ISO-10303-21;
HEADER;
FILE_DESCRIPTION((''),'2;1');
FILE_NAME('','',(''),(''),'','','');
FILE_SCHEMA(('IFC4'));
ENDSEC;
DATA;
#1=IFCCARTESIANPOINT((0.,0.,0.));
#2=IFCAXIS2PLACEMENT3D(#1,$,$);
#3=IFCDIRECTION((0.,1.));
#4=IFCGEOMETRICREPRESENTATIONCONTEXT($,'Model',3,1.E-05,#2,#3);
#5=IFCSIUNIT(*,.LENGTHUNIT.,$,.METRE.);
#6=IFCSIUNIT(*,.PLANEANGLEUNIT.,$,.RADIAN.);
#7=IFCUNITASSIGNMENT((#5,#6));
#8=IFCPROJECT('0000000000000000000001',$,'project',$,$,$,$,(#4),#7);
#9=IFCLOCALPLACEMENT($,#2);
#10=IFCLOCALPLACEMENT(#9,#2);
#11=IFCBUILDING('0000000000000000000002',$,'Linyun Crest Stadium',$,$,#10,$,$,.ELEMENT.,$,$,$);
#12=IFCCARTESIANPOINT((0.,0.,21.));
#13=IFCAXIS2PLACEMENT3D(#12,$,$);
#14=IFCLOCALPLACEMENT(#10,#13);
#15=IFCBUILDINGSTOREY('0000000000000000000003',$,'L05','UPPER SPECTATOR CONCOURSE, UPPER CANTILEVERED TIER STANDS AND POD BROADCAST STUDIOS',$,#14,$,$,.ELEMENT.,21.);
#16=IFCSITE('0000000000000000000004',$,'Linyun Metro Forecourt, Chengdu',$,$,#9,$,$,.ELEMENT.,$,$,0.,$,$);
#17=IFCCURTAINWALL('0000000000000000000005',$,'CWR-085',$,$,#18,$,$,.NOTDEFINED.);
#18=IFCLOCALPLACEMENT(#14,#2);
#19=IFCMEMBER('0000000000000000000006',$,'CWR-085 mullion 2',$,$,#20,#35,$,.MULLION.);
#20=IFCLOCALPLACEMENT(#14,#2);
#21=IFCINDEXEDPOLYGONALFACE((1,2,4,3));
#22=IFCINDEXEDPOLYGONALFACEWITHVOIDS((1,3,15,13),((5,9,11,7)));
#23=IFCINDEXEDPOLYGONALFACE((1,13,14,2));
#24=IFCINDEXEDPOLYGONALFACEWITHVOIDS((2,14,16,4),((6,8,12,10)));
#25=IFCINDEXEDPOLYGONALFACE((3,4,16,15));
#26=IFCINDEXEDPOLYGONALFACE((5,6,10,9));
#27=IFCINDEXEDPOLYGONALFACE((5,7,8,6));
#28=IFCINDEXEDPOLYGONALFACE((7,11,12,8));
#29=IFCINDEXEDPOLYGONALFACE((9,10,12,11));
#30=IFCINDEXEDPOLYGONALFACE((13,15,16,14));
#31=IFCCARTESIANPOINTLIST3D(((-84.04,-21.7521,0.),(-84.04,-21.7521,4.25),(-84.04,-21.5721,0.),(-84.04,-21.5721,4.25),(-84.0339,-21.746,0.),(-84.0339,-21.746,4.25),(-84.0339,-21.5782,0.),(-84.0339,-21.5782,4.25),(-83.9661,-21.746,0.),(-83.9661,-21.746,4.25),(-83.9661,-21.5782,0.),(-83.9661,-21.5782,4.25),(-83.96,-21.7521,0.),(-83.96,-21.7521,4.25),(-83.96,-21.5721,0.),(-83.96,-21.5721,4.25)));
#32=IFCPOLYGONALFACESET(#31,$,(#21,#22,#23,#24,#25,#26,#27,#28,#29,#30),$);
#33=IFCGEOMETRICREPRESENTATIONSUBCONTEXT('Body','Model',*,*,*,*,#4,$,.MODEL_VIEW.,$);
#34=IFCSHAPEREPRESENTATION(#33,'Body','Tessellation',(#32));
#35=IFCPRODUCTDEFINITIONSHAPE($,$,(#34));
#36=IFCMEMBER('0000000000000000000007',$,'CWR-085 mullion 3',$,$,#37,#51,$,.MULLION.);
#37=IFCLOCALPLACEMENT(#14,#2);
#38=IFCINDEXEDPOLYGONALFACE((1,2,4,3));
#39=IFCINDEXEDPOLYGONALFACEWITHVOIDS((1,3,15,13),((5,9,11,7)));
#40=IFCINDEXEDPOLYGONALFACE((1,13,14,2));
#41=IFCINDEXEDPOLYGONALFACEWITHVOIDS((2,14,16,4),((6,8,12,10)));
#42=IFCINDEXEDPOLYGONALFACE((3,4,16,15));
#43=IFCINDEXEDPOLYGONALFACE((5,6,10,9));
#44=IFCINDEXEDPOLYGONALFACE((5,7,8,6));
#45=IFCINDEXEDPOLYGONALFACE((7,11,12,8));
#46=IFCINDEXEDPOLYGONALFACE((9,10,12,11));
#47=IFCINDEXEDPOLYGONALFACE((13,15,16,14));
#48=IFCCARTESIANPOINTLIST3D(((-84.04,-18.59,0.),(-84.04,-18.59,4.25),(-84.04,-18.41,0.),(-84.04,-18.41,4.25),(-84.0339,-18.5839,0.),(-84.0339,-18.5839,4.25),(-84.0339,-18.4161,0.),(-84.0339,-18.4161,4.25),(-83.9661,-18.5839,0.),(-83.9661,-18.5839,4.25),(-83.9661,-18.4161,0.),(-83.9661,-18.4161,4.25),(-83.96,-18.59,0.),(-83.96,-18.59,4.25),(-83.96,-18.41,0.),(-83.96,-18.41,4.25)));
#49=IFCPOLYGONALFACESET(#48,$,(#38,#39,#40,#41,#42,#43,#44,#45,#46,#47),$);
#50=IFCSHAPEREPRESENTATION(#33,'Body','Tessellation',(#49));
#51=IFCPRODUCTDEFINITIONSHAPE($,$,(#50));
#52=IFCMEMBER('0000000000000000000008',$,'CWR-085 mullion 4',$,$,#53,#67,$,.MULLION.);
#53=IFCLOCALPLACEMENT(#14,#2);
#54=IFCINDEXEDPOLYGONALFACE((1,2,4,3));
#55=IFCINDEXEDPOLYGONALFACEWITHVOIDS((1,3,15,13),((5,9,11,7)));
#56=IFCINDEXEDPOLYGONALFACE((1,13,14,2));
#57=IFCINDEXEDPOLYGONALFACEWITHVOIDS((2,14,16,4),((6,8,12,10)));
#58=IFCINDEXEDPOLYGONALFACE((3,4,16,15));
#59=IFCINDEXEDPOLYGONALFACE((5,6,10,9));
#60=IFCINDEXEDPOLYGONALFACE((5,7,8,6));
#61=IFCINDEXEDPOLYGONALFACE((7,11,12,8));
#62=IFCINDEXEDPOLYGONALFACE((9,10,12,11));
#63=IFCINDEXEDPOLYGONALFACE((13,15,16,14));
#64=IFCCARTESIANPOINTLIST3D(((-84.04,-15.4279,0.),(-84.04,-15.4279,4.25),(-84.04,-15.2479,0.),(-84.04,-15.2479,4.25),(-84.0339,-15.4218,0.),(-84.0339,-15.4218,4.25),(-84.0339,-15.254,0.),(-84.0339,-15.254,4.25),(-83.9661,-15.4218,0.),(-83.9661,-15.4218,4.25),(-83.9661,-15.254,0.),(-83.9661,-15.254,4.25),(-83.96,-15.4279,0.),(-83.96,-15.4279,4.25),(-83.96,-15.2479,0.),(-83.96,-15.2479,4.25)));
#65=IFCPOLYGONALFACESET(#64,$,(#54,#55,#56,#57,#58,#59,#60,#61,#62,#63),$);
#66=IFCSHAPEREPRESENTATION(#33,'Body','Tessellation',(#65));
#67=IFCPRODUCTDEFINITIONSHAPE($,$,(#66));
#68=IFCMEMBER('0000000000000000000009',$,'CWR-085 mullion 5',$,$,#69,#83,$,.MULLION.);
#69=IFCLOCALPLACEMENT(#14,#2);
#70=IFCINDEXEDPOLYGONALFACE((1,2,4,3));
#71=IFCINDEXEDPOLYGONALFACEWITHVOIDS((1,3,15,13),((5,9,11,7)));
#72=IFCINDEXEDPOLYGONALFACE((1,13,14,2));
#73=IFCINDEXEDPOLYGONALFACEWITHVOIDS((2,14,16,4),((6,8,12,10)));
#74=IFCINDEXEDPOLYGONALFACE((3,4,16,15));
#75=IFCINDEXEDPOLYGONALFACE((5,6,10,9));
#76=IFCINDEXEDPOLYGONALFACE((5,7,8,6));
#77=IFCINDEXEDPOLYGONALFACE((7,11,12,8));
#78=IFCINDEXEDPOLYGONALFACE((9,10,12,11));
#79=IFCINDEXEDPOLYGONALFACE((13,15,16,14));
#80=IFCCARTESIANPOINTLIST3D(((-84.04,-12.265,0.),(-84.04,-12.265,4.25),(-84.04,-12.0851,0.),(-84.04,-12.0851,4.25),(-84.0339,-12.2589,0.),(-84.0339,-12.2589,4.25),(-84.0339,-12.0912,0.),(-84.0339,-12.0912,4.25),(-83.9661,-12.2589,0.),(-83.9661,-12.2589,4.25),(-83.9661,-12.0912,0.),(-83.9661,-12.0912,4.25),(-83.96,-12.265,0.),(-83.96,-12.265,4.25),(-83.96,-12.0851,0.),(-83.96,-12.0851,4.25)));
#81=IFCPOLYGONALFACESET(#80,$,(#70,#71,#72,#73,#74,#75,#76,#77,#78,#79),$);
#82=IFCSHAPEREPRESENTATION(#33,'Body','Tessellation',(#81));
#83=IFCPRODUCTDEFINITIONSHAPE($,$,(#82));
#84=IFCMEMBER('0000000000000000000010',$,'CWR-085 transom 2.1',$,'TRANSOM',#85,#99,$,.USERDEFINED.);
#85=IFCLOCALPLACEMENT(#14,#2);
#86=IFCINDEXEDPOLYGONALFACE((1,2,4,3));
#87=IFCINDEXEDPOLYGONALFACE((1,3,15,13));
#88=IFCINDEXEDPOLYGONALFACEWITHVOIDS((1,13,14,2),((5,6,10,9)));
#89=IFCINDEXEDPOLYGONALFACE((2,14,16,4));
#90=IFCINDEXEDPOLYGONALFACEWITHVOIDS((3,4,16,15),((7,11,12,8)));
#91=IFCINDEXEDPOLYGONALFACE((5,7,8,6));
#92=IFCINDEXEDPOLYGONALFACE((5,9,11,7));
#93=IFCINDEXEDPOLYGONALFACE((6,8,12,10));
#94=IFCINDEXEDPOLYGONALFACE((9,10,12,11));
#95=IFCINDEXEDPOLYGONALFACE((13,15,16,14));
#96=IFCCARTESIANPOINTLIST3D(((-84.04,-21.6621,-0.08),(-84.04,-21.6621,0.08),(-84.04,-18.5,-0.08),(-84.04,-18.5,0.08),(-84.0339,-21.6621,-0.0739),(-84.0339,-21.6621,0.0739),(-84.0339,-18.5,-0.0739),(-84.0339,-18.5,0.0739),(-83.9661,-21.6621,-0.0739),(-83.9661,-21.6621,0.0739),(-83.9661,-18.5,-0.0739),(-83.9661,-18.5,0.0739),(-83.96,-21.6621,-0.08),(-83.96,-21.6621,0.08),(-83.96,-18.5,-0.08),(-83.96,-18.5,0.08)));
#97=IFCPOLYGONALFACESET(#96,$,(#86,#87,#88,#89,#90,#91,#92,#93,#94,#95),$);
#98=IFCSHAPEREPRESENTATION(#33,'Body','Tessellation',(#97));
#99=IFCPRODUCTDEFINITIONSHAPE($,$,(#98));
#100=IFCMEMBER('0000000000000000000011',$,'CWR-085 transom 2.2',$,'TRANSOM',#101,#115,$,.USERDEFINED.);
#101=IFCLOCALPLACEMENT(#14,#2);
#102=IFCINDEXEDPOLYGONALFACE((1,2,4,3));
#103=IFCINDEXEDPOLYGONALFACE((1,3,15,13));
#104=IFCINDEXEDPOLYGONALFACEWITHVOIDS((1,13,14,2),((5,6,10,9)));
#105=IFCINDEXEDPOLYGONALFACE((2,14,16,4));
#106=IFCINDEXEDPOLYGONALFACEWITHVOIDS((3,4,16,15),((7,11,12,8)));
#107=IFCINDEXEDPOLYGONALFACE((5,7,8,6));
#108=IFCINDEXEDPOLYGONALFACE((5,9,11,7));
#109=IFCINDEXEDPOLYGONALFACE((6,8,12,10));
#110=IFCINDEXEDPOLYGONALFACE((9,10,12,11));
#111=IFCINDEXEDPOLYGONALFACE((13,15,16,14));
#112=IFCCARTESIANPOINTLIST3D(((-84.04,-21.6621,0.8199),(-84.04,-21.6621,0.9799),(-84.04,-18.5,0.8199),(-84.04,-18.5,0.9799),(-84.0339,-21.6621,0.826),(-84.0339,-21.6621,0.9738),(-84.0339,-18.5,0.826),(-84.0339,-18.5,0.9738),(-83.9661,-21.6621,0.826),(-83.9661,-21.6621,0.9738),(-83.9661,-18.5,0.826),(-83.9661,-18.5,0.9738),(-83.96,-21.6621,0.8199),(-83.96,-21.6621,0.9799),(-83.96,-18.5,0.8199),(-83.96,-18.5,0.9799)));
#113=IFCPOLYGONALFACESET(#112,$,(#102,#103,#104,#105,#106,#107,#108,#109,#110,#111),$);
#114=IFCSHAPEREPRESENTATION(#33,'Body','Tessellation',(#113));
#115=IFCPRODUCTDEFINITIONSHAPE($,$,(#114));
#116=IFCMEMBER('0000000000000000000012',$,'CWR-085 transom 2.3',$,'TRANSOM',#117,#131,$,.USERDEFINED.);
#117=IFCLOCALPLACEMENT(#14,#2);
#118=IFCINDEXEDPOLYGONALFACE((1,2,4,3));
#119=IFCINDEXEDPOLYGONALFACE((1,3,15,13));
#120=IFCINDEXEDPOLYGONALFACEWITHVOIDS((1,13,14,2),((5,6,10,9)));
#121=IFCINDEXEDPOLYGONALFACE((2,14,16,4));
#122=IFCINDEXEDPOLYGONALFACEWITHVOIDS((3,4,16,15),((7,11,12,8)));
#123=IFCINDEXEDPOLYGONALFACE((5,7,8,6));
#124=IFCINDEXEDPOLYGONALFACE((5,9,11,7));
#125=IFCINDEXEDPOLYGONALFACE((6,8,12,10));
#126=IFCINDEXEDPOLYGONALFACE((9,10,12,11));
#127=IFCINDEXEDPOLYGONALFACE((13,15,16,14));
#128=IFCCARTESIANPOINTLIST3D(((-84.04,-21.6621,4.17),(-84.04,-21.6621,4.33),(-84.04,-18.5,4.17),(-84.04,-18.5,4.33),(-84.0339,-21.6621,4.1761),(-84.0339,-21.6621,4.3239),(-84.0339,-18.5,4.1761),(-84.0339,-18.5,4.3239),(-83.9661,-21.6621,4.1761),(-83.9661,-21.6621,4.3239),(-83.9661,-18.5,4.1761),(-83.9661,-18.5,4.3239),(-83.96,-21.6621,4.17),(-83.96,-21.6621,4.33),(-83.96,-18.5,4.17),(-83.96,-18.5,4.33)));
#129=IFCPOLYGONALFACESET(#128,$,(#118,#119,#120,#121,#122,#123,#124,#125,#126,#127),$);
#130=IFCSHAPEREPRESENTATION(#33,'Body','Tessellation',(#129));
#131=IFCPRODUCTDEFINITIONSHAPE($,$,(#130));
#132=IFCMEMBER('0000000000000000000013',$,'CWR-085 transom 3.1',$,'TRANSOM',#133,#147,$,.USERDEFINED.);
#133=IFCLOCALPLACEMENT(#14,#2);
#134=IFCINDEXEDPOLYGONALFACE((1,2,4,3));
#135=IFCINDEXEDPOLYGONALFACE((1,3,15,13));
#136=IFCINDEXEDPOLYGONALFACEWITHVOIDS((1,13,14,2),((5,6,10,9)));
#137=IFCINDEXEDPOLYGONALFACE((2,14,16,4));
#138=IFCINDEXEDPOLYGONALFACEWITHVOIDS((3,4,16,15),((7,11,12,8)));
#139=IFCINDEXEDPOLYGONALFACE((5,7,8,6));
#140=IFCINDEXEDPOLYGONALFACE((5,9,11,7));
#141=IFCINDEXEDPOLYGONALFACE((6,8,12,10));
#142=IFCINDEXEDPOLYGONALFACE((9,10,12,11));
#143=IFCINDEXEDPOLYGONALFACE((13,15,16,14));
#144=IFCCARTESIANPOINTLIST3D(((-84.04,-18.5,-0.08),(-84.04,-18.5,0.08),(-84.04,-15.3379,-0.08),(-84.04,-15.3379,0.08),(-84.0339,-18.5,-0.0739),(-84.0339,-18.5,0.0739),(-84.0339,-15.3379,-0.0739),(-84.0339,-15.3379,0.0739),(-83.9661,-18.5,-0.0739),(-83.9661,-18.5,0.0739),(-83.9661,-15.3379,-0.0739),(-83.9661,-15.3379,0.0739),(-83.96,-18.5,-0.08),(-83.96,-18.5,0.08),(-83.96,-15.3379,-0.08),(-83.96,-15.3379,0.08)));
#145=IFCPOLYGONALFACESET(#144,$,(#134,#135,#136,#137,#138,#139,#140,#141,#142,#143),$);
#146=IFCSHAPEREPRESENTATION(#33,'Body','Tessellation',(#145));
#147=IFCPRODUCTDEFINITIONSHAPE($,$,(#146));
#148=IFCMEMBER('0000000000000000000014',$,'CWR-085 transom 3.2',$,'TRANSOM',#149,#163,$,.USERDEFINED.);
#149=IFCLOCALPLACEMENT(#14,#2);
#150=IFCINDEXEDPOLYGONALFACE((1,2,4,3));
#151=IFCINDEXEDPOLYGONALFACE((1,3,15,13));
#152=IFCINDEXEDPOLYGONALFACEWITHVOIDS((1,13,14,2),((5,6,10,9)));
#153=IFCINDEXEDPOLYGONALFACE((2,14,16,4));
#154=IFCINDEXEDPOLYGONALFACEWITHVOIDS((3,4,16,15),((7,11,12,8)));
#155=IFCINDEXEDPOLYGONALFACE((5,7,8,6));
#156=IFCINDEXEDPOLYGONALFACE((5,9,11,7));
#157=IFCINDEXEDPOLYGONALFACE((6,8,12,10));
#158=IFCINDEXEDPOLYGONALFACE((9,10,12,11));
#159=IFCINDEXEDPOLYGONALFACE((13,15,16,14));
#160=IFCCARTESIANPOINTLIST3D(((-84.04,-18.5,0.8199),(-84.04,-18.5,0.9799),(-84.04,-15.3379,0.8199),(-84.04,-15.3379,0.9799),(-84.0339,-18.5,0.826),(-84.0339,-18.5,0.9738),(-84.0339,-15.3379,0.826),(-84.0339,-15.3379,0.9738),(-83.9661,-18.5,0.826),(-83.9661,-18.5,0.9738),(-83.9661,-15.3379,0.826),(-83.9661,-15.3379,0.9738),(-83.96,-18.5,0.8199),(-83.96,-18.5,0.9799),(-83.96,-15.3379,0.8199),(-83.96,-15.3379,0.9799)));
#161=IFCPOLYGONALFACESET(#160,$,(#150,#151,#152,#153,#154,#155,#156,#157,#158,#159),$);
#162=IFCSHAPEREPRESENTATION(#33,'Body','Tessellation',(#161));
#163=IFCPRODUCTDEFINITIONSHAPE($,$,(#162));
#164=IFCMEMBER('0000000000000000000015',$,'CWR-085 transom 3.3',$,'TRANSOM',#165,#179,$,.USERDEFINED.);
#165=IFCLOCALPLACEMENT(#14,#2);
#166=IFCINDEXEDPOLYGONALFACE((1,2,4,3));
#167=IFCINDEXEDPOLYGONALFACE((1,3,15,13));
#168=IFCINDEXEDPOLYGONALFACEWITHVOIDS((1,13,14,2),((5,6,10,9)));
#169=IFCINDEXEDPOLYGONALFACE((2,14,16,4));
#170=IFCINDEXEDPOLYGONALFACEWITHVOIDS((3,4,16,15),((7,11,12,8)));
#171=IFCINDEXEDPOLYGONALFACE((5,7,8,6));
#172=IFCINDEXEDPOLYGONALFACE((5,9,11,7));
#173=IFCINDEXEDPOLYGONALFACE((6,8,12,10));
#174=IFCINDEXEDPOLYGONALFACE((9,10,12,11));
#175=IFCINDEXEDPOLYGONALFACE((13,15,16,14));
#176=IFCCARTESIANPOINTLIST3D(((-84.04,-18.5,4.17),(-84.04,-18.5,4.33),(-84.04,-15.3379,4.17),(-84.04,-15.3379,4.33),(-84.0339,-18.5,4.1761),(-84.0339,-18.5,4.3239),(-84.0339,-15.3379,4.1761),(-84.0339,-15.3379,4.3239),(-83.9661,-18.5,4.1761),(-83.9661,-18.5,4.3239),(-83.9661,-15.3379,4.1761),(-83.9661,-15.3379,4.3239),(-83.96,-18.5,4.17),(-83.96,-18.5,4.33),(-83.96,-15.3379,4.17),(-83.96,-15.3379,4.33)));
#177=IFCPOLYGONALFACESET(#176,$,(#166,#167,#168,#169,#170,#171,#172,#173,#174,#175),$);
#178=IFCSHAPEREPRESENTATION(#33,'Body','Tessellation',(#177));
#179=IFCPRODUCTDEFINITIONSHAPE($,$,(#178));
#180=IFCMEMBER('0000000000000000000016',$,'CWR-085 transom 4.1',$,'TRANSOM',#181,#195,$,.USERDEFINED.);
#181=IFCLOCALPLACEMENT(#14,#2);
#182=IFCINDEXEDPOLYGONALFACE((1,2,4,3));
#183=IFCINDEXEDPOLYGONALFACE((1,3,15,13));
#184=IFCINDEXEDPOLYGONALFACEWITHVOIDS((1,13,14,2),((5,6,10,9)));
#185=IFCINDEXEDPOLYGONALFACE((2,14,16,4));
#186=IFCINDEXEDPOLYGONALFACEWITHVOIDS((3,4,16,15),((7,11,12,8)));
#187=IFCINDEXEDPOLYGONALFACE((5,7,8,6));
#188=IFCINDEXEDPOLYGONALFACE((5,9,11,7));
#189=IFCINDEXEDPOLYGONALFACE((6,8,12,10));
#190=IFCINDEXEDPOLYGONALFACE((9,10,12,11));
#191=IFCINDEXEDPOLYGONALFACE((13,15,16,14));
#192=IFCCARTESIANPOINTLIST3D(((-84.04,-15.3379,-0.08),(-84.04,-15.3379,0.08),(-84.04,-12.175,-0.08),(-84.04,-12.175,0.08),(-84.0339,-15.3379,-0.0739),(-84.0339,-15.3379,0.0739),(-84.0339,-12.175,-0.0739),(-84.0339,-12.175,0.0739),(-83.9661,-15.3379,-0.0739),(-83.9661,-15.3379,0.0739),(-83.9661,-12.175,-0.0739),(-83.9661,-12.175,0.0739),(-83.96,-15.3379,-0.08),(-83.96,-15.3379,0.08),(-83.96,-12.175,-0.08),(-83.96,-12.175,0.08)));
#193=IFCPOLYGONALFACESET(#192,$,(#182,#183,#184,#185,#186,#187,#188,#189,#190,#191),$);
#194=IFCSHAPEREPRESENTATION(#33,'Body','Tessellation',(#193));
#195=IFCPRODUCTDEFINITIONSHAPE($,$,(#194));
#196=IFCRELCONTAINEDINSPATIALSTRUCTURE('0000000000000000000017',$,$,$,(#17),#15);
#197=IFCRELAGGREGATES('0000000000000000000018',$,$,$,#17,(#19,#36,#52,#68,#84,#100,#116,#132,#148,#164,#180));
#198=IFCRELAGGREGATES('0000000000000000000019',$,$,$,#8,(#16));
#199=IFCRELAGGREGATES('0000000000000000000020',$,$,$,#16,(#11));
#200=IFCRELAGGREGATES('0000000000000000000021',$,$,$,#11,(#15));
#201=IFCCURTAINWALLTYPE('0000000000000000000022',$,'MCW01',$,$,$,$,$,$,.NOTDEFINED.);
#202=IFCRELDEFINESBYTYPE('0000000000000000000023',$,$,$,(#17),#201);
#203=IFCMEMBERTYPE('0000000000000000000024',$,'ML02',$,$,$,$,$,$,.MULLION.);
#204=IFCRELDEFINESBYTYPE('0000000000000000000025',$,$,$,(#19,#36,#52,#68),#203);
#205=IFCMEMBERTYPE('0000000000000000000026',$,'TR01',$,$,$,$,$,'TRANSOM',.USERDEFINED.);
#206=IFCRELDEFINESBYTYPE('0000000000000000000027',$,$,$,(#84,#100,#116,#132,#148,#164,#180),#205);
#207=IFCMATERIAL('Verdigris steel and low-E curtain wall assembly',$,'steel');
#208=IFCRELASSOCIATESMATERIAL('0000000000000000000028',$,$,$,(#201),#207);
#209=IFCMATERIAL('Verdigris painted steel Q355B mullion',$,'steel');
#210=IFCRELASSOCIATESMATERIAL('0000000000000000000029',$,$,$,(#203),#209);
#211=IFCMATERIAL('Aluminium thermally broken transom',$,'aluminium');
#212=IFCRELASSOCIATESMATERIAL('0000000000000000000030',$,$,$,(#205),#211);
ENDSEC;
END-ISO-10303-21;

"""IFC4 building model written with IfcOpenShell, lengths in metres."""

from ifc_helpers import new_model, si_unit, direction, frame, origin, origin_2d, place, context, subcontext, project, spatial, hollow_rectangle, extrude, material, material_profile, profile_set, type_object, element, aggregate, save


model = new_model("IFC4")

# Units and contexts
model_context = context("Model", 3, precision=1e-05, world=origin(), true_north=direction((0.0, 1.0)))
body_context = subcontext(model_context, "Body", "Model", "MODEL_VIEW")
ifc_project = project(units=[si_unit("LENGTHUNIT", "METRE"), si_unit("PLANEANGLEUNIT", "RADIAN")], contexts=[model_context])

# Site, building, storey
site_placement = place(None, origin())
site = spatial("IfcSite", under=ifc_project, at=site_placement, Name="Linyun Metro Forecourt, Chengdu", CompositionType="ELEMENT", RefElevation=0.0)
building_placement = place(site_placement, origin())
building = spatial("IfcBuilding", under=site, at=building_placement, Name="Linyun Crest Stadium", CompositionType="ELEMENT")
storey_placement = place(building_placement, frame((0.0, 0.0, 21.0)))
storey = spatial("IfcBuildingStorey", under=building, at=storey_placement, Name="L05", Description="UPPER SPECTATOR CONCOURSE, UPPER CANTILEVERED TIER STANDS AND POD BROADCAST STUDIOS", CompositionType="ELEMENT", Elevation=21.0)

# Curtain wall, members
ifc_material_1 = material(Name="Verdigris steel and low-E curtain wall assembly", Category="steel")
curtain_wall_type = type_object("IfcCurtainWallType", Name="MCW01", PredefinedType="NOTDEFINED", material=ifc_material_1)
curtain_wall_placement = place(storey_placement, origin())
curtain_wall = element("IfcCurtainWall", 1, at=curtain_wall_placement, inside=storey, type_object=curtain_wall_type, Name="CWR-085", PredefinedType="NOTDEFINED")
ifc_material_2 = material(Name="Verdigris painted steel Q355B mullion", Category="steel")
ifc_material_profile_1 = material_profile(ifc_material_2, hollow_rectangle(XDim=0.0801, YDim=0.1799, WallThickness=0.0061, at=origin_2d()), Name="RHS 180x80x6")
ifc_profile_set_1 = profile_set([ifc_material_profile_1], Name="Verdigris painted steel Q355B mullion")
member_type_1 = type_object("IfcMemberType", Name="ML02", PredefinedType="MULLION", material=ifc_profile_set_1)
member_1_placement = place(storey_placement, frame((-84.0, -21.6621, 0.0), z_axis=(0.0, 0.0, 1.0), x_axis=(-1.0, 0.0, 0.0)))
member_1 = element("IfcMember", 2, at=member_1_placement, type_object=member_type_1, Name="CWR-085 mullion 2", PredefinedType="MULLION", context=body_context, shape_type="SweptSolid", body=[
    extrude(hollow_rectangle(XDim=0.0801, YDim=0.1799, WallThickness=0.0061, at=origin_2d()), origin(), (0.0, 0.0, 1.0), 4.25),
])
member_2_placement = place(storey_placement, frame((-84.0, -18.5, 0.0), z_axis=(0.0, 0.0, 1.0), x_axis=(-1.0, 0.0, 0.0)))
member_2 = element("IfcMember", 3, at=member_2_placement, type_object=member_type_1, Name="CWR-085 mullion 3", PredefinedType="MULLION", context=body_context, shape_type="SweptSolid", body=[
    extrude(hollow_rectangle(XDim=0.0801, YDim=0.1799, WallThickness=0.0061, at=origin_2d()), origin(), (0.0, 0.0, 1.0), 4.25),
])
member_3_placement = place(storey_placement, frame((-84.0, -15.3379, 0.0), z_axis=(0.0, 0.0, 1.0), x_axis=(-1.0, 0.0, 0.0)))
member_3 = element("IfcMember", 4, at=member_3_placement, type_object=member_type_1, Name="CWR-085 mullion 4", PredefinedType="MULLION", context=body_context, shape_type="SweptSolid", body=[
    extrude(hollow_rectangle(XDim=0.0801, YDim=0.1799, WallThickness=0.0061, at=origin_2d()), origin(), (0.0, 0.0, 1.0), 4.25),
])
member_4_placement = place(storey_placement, frame((-84.0, -12.175, 0.0), z_axis=(0.0, 0.0, 1.0), x_axis=(-1.0, 0.0, 0.0)))
member_4 = element("IfcMember", 5, at=member_4_placement, type_object=member_type_1, Name="CWR-085 mullion 5", PredefinedType="MULLION", context=body_context, shape_type="SweptSolid", body=[
    extrude(hollow_rectangle(XDim=0.0801, YDim=0.1799, WallThickness=0.0061, at=origin_2d()), origin(), (0.0, 0.0, 1.0), 4.25),
])
ifc_material_3 = material(Name="Aluminium thermally broken transom", Category="aluminium")
ifc_material_profile_2 = material_profile(ifc_material_3, hollow_rectangle(XDim=0.0801, YDim=0.1599, WallThickness=0.0061, at=origin_2d()), Name="RHS 160x80x6")
ifc_profile_set_2 = profile_set([ifc_material_profile_2], Name="Aluminium thermally broken transom")
member_type_2 = type_object("IfcMemberType", Name="TR01", ElementType="TRANSOM", PredefinedType="USERDEFINED", material=ifc_profile_set_2)
member_5_placement = place(storey_placement, frame((-84.0, -21.6621, 0.0), z_axis=(0.0, 1.0, 0.0), x_axis=(-1.0, 0.0, 0.0)))
member_5 = element("IfcMember", 6, at=member_5_placement, type_object=member_type_2, Name="CWR-085 transom 2.1", ObjectType="TRANSOM", PredefinedType="USERDEFINED", context=body_context, shape_type="SweptSolid", body=[
    extrude(hollow_rectangle(XDim=0.0801, YDim=0.1599, WallThickness=0.0061, at=origin_2d()), origin(), (0.0, 0.0, 1.0), 3.1621),
])
member_6_placement = place(storey_placement, frame((-84.0, -21.6621, 0.8999), z_axis=(0.0, 1.0, 0.0), x_axis=(-1.0, 0.0, 0.0)))
member_6 = element("IfcMember", 7, at=member_6_placement, type_object=member_type_2, Name="CWR-085 transom 2.2", ObjectType="TRANSOM", PredefinedType="USERDEFINED", context=body_context, shape_type="SweptSolid", body=[
    extrude(hollow_rectangle(XDim=0.0801, YDim=0.1599, WallThickness=0.0061, at=origin_2d()), origin(), (0.0, 0.0, 1.0), 3.1621),
])
member_7_placement = place(storey_placement, frame((-84.0, -21.6621, 4.25), z_axis=(0.0, 1.0, 0.0), x_axis=(-1.0, 0.0, 0.0)))
member_7 = element("IfcMember", 8, at=member_7_placement, type_object=member_type_2, Name="CWR-085 transom 2.3", ObjectType="TRANSOM", PredefinedType="USERDEFINED", context=body_context, shape_type="SweptSolid", body=[
    extrude(hollow_rectangle(XDim=0.0801, YDim=0.1599, WallThickness=0.0061, at=origin_2d()), origin(), (0.0, 0.0, 1.0), 3.1621),
])
member_8_placement = place(storey_placement, frame((-84.0, -18.5, 0.0), z_axis=(0.0, 1.0, 0.0), x_axis=(-1.0, 0.0, 0.0)))
member_8 = element("IfcMember", 9, at=member_8_placement, type_object=member_type_2, Name="CWR-085 transom 3.1", ObjectType="TRANSOM", PredefinedType="USERDEFINED", context=body_context, shape_type="SweptSolid", body=[
    extrude(hollow_rectangle(XDim=0.0801, YDim=0.1599, WallThickness=0.0061, at=origin_2d()), origin(), (0.0, 0.0, 1.0), 3.1621),
])
member_9_placement = place(storey_placement, frame((-84.0, -18.5, 0.8999), z_axis=(0.0, 1.0, 0.0), x_axis=(-1.0, 0.0, 0.0)))
member_9 = element("IfcMember", 10, at=member_9_placement, type_object=member_type_2, Name="CWR-085 transom 3.2", ObjectType="TRANSOM", PredefinedType="USERDEFINED", context=body_context, shape_type="SweptSolid", body=[
    extrude(hollow_rectangle(XDim=0.0801, YDim=0.1599, WallThickness=0.0061, at=origin_2d()), origin(), (0.0, 0.0, 1.0), 3.1621),
])
member_10_placement = place(storey_placement, frame((-84.0, -18.5, 4.25), z_axis=(0.0, 1.0, 0.0), x_axis=(-1.0, 0.0, 0.0)))
member_10 = element("IfcMember", 11, at=member_10_placement, type_object=member_type_2, Name="CWR-085 transom 3.3", ObjectType="TRANSOM", PredefinedType="USERDEFINED", context=body_context, shape_type="SweptSolid", body=[
    extrude(hollow_rectangle(XDim=0.0801, YDim=0.1599, WallThickness=0.0061, at=origin_2d()), origin(), (0.0, 0.0, 1.0), 3.1621),
])
member_11_placement = place(storey_placement, frame((-84.0, -15.3379, 0.0), z_axis=(0.0, 1.0, 0.0), x_axis=(-1.0, 0.0, 0.0)))
member_11 = element("IfcMember", 12, at=member_11_placement, type_object=member_type_2, Name="CWR-085 transom 4.1", ObjectType="TRANSOM", PredefinedType="USERDEFINED", context=body_context, shape_type="SweptSolid", body=[
    extrude(hollow_rectangle(XDim=0.0801, YDim=0.1599, WallThickness=0.0061, at=origin_2d()), origin(), (0.0, 0.0, 1.0), 3.1628),
])
aggregate(curtain_wall, [member_1, member_2, member_3, member_4, member_5, member_6, member_7, member_8, member_9, member_10, member_11])

save(model, "model.ifc")
